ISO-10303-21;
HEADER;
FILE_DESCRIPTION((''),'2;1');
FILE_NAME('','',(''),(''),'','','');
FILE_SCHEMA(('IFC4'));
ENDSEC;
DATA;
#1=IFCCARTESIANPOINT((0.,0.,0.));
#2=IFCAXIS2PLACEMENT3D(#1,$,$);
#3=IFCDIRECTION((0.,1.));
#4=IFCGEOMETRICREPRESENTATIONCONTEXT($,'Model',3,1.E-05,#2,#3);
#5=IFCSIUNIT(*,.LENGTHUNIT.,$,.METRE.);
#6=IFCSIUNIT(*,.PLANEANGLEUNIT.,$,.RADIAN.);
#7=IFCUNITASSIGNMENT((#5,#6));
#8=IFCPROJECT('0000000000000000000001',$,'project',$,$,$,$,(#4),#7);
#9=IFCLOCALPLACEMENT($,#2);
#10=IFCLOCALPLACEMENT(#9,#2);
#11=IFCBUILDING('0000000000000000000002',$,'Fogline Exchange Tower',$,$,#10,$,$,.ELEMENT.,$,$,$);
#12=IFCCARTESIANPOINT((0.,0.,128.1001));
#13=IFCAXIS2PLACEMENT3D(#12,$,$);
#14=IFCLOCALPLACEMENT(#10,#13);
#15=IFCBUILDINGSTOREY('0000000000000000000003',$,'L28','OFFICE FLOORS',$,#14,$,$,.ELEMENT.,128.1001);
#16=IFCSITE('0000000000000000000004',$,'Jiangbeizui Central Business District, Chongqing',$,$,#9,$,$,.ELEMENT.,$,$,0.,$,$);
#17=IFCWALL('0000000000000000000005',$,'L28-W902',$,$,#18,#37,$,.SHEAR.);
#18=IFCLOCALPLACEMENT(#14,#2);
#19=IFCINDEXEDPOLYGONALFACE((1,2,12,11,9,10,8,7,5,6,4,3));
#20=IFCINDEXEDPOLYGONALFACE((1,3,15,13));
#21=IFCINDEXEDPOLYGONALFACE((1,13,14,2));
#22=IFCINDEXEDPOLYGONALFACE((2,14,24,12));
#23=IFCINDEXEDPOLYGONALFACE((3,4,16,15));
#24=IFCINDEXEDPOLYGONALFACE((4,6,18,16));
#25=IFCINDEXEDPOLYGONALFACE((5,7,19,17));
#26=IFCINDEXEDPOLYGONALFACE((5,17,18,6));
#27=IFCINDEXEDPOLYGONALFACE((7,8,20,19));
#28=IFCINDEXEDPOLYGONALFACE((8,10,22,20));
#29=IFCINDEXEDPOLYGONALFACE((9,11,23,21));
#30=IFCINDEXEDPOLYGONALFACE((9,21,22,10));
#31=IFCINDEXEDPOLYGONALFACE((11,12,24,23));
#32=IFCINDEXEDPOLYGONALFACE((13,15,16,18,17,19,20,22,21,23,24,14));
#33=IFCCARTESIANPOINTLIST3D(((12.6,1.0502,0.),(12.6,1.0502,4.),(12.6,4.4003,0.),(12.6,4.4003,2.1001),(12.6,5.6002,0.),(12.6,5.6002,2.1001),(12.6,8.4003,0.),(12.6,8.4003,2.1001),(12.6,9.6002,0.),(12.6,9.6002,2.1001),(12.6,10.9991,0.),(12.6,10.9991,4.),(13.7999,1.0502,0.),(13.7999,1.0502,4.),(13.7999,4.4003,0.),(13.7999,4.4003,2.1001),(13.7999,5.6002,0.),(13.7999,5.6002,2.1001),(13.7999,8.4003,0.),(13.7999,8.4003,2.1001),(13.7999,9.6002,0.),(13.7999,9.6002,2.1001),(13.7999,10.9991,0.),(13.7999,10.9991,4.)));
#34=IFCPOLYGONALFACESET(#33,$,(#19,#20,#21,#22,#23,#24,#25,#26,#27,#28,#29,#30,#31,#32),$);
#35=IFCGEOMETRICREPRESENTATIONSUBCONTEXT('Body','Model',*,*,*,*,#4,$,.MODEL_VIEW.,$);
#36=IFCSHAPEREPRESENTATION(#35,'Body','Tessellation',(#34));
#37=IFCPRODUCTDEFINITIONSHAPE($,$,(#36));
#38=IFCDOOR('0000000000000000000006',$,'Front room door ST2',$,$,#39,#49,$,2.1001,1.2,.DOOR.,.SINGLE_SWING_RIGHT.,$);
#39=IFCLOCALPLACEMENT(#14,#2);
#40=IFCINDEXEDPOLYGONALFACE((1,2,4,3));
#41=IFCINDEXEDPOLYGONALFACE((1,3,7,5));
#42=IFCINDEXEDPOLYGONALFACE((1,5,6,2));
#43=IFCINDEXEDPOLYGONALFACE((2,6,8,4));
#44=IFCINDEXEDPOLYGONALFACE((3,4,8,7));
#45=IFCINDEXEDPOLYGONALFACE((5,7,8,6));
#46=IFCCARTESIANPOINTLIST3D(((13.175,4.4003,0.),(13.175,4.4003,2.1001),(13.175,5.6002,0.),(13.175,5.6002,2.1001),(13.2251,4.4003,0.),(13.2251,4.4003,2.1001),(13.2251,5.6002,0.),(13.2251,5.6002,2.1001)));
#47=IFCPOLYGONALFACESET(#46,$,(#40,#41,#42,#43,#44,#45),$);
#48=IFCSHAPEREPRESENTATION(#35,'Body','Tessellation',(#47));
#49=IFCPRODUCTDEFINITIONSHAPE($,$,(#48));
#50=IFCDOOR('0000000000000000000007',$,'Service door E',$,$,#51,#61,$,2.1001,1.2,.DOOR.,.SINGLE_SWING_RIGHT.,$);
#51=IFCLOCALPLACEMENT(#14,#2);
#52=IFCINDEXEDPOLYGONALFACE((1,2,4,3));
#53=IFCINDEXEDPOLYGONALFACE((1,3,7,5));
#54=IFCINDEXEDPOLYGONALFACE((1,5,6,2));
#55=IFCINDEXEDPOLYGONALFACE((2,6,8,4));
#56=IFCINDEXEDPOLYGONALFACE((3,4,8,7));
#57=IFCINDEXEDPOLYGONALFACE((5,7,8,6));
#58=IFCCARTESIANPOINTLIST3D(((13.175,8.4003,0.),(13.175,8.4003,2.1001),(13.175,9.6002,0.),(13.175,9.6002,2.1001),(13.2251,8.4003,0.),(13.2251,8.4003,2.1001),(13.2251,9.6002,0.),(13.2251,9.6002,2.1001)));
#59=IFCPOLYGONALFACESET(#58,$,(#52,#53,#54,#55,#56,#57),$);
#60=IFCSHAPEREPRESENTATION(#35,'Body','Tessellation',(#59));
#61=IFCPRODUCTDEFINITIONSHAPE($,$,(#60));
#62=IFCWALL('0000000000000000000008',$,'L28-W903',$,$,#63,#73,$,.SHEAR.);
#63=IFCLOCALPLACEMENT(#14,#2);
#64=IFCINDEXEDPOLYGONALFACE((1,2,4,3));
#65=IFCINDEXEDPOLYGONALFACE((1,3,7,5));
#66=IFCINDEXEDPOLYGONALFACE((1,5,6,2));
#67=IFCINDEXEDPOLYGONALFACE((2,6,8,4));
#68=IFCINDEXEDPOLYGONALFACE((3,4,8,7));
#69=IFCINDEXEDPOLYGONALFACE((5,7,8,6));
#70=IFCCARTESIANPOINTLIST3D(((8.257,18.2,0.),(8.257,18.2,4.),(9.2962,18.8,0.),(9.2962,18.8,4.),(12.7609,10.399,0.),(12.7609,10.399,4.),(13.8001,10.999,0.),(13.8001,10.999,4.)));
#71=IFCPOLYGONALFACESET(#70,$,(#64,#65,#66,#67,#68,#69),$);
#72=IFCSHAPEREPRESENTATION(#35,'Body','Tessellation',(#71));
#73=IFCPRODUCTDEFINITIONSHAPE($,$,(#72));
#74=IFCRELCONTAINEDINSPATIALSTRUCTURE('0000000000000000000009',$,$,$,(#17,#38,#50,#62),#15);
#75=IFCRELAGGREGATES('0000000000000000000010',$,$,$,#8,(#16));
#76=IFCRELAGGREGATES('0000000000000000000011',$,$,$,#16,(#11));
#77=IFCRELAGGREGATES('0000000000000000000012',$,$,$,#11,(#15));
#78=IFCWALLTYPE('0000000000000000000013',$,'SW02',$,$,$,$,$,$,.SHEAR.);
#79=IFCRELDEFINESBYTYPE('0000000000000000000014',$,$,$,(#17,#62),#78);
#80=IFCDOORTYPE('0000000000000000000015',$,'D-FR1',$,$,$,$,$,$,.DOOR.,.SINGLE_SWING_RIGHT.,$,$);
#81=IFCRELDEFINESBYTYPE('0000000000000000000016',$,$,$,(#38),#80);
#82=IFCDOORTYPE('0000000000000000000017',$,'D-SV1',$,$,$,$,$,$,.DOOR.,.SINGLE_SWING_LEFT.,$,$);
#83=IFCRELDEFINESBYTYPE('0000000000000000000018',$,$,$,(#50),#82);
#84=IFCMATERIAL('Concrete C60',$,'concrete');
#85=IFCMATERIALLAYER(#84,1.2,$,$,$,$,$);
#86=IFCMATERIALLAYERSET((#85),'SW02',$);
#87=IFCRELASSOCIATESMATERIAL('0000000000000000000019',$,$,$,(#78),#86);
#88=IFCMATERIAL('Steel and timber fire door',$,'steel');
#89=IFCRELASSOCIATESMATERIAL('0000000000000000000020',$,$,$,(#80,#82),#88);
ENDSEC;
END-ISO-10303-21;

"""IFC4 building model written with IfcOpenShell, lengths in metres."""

from ifc_helpers import new_model, si_unit, direction, frame, frame_2d, origin, place, context, subcontext, project, spatial, rectangle, extrude, material, layer, layer_set, type_object, element, fill, save


model = new_model("IFC4")

# Units and contexts
model_context = context("Model", 3, precision=1e-05, world=origin(), true_north=direction((0.0, 1.0)))
body_context = subcontext(model_context, "Body", "Model", "MODEL_VIEW")
ifc_project = project(units=[si_unit("LENGTHUNIT", "METRE"), si_unit("PLANEANGLEUNIT", "RADIAN")], contexts=[model_context])

# Site, building, storey
site_placement = place(None, origin())
site = spatial("IfcSite", under=ifc_project, at=site_placement, Name="Jiangbeizui Central Business District, Chongqing", CompositionType="ELEMENT", RefElevation=0.0)
building_placement = place(site_placement, origin())
building = spatial("IfcBuilding", under=site, at=building_placement, Name="Fogline Exchange Tower", CompositionType="ELEMENT")
storey_placement = place(building_placement, frame((0.0, 0.0, 128.1001)))
storey = spatial("IfcBuildingStorey", under=building, at=storey_placement, Name="L28", Description="OFFICE FLOORS", CompositionType="ELEMENT", Elevation=128.1001)

# Shared definitions
ifc_material_1 = material(Name="Steel and timber fire door", Category="steel")

# Wall, openings, doors
ifc_material_2 = material(Name="Concrete C60", Category="concrete")
ifc_layer_1 = layer(ifc_material_2, 1.2)
ifc_layer_set_1 = layer_set([ifc_layer_1], Name="SW02")
wall_type_1 = type_object("IfcWallType", Name="SW02", PredefinedType="SHEAR", material=ifc_layer_set_1)
wall_1_placement = place(storey_placement, frame((13.2, 1.05, 0.0), z_axis=(0.0, 0.0, 1.0), x_axis=(0.0, 1.0, 0.0)))
wall_1 = element("IfcWall", 1, at=wall_1_placement, inside=storey, type_object=wall_type_1, Name="L28-W902", PredefinedType="SHEAR", context=body_context, shape_type="SweptSolid", body=[
    extrude(rectangle(XDim=9.949, YDim=1.2, at=frame_2d((4.9746, 0.0))), origin(), (0.0, 0.0, 1.0), 4.0),
])
opening_1_placement = place(wall_1_placement, frame((3.3501, 0.0, 0.0)))
opening_1 = element("IfcOpeningElement", 2, at=opening_1_placement, cuts=wall_1, PredefinedType="OPENING", context=body_context, shape_type="SweptSolid", body=[
    extrude(rectangle(XDim=1.2, YDim=2.1001, at=frame_2d((0.6001, 1.05))), frame((0.0, 0.6099, 0.0), z_axis=(0.0, -1.0, 0.0), x_axis=(1.0, 0.0, 0.0)), (0.0, 0.0, 1.0), 1.22),
])
opening_2_placement = place(wall_1_placement, frame((7.3501, 0.0, 0.0)))
opening_2 = element("IfcOpeningElement", 3, at=opening_2_placement, cuts=wall_1, PredefinedType="OPENING", context=body_context, shape_type="SweptSolid", body=[
    extrude(rectangle(XDim=1.2, YDim=2.1001, at=frame_2d((0.6001, 1.05))), frame((0.0, 0.6099, 0.0), z_axis=(0.0, -1.0, 0.0), x_axis=(1.0, 0.0, 0.0)), (0.0, 0.0, 1.0), 1.22),
])
door_type_1 = type_object("IfcDoorType", Name="D-FR1", OperationType="SINGLE_SWING_RIGHT", PredefinedType="DOOR", material=ifc_material_1)
door_1_placement = place(opening_1_placement, origin())
door_1 = element("IfcDoor", 4, at=door_1_placement, inside=storey, type_object=door_type_1, Name="Front room door ST2", OperationType="SINGLE_SWING_RIGHT", OverallHeight=2.1001, OverallWidth=1.2, PredefinedType="DOOR", context=body_context, shape_type="SweptSolid", body=[
    extrude(rectangle(XDim=1.2, YDim=2.1001, at=frame_2d((0.6001, 1.05))), frame((0.0, 0.0249, 0.0), z_axis=(0.0, -1.0, 0.0), x_axis=(1.0, 0.0, 0.0)), (0.0, 0.0, 1.0), 0.05),
])
fill(opening_1, door_1)
door_type_2 = type_object("IfcDoorType", Name="D-SV1", OperationType="SINGLE_SWING_LEFT", PredefinedType="DOOR", material=ifc_material_1)
door_2_placement = place(opening_2_placement, origin())
door_2 = element("IfcDoor", 5, at=door_2_placement, inside=storey, type_object=door_type_2, Name="Service door E", OperationType="SINGLE_SWING_RIGHT", OverallHeight=2.1001, OverallWidth=1.2, PredefinedType="DOOR", context=body_context, shape_type="SweptSolid", body=[
    extrude(rectangle(XDim=1.2, YDim=2.1001, at=frame_2d((0.6001, 1.05))), frame((0.0, 0.0249, 0.0), z_axis=(0.0, -1.0, 0.0), x_axis=(1.0, 0.0, 0.0)), (0.0, 0.0, 1.0), 0.05),
])
fill(opening_2, door_2)

# Wall
wall_2_placement = place(storey_placement, frame((13.2805, 10.699, 0.0), z_axis=(0.0, 0.0, 1.0), x_axis=(-0.499999, 0.866026, 0.0)))
element("IfcWall", 6, at=wall_2_placement, inside=storey, type_object=wall_type_1, Name="L28-W903", PredefinedType="SHEAR", context=body_context, shape_type="SweptSolid", body=[
    extrude(rectangle(XDim=9.0078, YDim=1.2, at=frame_2d((4.5039, 0.0))), origin(), (0.0, 0.0, 1.0), 4.0),
])

save(model, "model.ifc")
